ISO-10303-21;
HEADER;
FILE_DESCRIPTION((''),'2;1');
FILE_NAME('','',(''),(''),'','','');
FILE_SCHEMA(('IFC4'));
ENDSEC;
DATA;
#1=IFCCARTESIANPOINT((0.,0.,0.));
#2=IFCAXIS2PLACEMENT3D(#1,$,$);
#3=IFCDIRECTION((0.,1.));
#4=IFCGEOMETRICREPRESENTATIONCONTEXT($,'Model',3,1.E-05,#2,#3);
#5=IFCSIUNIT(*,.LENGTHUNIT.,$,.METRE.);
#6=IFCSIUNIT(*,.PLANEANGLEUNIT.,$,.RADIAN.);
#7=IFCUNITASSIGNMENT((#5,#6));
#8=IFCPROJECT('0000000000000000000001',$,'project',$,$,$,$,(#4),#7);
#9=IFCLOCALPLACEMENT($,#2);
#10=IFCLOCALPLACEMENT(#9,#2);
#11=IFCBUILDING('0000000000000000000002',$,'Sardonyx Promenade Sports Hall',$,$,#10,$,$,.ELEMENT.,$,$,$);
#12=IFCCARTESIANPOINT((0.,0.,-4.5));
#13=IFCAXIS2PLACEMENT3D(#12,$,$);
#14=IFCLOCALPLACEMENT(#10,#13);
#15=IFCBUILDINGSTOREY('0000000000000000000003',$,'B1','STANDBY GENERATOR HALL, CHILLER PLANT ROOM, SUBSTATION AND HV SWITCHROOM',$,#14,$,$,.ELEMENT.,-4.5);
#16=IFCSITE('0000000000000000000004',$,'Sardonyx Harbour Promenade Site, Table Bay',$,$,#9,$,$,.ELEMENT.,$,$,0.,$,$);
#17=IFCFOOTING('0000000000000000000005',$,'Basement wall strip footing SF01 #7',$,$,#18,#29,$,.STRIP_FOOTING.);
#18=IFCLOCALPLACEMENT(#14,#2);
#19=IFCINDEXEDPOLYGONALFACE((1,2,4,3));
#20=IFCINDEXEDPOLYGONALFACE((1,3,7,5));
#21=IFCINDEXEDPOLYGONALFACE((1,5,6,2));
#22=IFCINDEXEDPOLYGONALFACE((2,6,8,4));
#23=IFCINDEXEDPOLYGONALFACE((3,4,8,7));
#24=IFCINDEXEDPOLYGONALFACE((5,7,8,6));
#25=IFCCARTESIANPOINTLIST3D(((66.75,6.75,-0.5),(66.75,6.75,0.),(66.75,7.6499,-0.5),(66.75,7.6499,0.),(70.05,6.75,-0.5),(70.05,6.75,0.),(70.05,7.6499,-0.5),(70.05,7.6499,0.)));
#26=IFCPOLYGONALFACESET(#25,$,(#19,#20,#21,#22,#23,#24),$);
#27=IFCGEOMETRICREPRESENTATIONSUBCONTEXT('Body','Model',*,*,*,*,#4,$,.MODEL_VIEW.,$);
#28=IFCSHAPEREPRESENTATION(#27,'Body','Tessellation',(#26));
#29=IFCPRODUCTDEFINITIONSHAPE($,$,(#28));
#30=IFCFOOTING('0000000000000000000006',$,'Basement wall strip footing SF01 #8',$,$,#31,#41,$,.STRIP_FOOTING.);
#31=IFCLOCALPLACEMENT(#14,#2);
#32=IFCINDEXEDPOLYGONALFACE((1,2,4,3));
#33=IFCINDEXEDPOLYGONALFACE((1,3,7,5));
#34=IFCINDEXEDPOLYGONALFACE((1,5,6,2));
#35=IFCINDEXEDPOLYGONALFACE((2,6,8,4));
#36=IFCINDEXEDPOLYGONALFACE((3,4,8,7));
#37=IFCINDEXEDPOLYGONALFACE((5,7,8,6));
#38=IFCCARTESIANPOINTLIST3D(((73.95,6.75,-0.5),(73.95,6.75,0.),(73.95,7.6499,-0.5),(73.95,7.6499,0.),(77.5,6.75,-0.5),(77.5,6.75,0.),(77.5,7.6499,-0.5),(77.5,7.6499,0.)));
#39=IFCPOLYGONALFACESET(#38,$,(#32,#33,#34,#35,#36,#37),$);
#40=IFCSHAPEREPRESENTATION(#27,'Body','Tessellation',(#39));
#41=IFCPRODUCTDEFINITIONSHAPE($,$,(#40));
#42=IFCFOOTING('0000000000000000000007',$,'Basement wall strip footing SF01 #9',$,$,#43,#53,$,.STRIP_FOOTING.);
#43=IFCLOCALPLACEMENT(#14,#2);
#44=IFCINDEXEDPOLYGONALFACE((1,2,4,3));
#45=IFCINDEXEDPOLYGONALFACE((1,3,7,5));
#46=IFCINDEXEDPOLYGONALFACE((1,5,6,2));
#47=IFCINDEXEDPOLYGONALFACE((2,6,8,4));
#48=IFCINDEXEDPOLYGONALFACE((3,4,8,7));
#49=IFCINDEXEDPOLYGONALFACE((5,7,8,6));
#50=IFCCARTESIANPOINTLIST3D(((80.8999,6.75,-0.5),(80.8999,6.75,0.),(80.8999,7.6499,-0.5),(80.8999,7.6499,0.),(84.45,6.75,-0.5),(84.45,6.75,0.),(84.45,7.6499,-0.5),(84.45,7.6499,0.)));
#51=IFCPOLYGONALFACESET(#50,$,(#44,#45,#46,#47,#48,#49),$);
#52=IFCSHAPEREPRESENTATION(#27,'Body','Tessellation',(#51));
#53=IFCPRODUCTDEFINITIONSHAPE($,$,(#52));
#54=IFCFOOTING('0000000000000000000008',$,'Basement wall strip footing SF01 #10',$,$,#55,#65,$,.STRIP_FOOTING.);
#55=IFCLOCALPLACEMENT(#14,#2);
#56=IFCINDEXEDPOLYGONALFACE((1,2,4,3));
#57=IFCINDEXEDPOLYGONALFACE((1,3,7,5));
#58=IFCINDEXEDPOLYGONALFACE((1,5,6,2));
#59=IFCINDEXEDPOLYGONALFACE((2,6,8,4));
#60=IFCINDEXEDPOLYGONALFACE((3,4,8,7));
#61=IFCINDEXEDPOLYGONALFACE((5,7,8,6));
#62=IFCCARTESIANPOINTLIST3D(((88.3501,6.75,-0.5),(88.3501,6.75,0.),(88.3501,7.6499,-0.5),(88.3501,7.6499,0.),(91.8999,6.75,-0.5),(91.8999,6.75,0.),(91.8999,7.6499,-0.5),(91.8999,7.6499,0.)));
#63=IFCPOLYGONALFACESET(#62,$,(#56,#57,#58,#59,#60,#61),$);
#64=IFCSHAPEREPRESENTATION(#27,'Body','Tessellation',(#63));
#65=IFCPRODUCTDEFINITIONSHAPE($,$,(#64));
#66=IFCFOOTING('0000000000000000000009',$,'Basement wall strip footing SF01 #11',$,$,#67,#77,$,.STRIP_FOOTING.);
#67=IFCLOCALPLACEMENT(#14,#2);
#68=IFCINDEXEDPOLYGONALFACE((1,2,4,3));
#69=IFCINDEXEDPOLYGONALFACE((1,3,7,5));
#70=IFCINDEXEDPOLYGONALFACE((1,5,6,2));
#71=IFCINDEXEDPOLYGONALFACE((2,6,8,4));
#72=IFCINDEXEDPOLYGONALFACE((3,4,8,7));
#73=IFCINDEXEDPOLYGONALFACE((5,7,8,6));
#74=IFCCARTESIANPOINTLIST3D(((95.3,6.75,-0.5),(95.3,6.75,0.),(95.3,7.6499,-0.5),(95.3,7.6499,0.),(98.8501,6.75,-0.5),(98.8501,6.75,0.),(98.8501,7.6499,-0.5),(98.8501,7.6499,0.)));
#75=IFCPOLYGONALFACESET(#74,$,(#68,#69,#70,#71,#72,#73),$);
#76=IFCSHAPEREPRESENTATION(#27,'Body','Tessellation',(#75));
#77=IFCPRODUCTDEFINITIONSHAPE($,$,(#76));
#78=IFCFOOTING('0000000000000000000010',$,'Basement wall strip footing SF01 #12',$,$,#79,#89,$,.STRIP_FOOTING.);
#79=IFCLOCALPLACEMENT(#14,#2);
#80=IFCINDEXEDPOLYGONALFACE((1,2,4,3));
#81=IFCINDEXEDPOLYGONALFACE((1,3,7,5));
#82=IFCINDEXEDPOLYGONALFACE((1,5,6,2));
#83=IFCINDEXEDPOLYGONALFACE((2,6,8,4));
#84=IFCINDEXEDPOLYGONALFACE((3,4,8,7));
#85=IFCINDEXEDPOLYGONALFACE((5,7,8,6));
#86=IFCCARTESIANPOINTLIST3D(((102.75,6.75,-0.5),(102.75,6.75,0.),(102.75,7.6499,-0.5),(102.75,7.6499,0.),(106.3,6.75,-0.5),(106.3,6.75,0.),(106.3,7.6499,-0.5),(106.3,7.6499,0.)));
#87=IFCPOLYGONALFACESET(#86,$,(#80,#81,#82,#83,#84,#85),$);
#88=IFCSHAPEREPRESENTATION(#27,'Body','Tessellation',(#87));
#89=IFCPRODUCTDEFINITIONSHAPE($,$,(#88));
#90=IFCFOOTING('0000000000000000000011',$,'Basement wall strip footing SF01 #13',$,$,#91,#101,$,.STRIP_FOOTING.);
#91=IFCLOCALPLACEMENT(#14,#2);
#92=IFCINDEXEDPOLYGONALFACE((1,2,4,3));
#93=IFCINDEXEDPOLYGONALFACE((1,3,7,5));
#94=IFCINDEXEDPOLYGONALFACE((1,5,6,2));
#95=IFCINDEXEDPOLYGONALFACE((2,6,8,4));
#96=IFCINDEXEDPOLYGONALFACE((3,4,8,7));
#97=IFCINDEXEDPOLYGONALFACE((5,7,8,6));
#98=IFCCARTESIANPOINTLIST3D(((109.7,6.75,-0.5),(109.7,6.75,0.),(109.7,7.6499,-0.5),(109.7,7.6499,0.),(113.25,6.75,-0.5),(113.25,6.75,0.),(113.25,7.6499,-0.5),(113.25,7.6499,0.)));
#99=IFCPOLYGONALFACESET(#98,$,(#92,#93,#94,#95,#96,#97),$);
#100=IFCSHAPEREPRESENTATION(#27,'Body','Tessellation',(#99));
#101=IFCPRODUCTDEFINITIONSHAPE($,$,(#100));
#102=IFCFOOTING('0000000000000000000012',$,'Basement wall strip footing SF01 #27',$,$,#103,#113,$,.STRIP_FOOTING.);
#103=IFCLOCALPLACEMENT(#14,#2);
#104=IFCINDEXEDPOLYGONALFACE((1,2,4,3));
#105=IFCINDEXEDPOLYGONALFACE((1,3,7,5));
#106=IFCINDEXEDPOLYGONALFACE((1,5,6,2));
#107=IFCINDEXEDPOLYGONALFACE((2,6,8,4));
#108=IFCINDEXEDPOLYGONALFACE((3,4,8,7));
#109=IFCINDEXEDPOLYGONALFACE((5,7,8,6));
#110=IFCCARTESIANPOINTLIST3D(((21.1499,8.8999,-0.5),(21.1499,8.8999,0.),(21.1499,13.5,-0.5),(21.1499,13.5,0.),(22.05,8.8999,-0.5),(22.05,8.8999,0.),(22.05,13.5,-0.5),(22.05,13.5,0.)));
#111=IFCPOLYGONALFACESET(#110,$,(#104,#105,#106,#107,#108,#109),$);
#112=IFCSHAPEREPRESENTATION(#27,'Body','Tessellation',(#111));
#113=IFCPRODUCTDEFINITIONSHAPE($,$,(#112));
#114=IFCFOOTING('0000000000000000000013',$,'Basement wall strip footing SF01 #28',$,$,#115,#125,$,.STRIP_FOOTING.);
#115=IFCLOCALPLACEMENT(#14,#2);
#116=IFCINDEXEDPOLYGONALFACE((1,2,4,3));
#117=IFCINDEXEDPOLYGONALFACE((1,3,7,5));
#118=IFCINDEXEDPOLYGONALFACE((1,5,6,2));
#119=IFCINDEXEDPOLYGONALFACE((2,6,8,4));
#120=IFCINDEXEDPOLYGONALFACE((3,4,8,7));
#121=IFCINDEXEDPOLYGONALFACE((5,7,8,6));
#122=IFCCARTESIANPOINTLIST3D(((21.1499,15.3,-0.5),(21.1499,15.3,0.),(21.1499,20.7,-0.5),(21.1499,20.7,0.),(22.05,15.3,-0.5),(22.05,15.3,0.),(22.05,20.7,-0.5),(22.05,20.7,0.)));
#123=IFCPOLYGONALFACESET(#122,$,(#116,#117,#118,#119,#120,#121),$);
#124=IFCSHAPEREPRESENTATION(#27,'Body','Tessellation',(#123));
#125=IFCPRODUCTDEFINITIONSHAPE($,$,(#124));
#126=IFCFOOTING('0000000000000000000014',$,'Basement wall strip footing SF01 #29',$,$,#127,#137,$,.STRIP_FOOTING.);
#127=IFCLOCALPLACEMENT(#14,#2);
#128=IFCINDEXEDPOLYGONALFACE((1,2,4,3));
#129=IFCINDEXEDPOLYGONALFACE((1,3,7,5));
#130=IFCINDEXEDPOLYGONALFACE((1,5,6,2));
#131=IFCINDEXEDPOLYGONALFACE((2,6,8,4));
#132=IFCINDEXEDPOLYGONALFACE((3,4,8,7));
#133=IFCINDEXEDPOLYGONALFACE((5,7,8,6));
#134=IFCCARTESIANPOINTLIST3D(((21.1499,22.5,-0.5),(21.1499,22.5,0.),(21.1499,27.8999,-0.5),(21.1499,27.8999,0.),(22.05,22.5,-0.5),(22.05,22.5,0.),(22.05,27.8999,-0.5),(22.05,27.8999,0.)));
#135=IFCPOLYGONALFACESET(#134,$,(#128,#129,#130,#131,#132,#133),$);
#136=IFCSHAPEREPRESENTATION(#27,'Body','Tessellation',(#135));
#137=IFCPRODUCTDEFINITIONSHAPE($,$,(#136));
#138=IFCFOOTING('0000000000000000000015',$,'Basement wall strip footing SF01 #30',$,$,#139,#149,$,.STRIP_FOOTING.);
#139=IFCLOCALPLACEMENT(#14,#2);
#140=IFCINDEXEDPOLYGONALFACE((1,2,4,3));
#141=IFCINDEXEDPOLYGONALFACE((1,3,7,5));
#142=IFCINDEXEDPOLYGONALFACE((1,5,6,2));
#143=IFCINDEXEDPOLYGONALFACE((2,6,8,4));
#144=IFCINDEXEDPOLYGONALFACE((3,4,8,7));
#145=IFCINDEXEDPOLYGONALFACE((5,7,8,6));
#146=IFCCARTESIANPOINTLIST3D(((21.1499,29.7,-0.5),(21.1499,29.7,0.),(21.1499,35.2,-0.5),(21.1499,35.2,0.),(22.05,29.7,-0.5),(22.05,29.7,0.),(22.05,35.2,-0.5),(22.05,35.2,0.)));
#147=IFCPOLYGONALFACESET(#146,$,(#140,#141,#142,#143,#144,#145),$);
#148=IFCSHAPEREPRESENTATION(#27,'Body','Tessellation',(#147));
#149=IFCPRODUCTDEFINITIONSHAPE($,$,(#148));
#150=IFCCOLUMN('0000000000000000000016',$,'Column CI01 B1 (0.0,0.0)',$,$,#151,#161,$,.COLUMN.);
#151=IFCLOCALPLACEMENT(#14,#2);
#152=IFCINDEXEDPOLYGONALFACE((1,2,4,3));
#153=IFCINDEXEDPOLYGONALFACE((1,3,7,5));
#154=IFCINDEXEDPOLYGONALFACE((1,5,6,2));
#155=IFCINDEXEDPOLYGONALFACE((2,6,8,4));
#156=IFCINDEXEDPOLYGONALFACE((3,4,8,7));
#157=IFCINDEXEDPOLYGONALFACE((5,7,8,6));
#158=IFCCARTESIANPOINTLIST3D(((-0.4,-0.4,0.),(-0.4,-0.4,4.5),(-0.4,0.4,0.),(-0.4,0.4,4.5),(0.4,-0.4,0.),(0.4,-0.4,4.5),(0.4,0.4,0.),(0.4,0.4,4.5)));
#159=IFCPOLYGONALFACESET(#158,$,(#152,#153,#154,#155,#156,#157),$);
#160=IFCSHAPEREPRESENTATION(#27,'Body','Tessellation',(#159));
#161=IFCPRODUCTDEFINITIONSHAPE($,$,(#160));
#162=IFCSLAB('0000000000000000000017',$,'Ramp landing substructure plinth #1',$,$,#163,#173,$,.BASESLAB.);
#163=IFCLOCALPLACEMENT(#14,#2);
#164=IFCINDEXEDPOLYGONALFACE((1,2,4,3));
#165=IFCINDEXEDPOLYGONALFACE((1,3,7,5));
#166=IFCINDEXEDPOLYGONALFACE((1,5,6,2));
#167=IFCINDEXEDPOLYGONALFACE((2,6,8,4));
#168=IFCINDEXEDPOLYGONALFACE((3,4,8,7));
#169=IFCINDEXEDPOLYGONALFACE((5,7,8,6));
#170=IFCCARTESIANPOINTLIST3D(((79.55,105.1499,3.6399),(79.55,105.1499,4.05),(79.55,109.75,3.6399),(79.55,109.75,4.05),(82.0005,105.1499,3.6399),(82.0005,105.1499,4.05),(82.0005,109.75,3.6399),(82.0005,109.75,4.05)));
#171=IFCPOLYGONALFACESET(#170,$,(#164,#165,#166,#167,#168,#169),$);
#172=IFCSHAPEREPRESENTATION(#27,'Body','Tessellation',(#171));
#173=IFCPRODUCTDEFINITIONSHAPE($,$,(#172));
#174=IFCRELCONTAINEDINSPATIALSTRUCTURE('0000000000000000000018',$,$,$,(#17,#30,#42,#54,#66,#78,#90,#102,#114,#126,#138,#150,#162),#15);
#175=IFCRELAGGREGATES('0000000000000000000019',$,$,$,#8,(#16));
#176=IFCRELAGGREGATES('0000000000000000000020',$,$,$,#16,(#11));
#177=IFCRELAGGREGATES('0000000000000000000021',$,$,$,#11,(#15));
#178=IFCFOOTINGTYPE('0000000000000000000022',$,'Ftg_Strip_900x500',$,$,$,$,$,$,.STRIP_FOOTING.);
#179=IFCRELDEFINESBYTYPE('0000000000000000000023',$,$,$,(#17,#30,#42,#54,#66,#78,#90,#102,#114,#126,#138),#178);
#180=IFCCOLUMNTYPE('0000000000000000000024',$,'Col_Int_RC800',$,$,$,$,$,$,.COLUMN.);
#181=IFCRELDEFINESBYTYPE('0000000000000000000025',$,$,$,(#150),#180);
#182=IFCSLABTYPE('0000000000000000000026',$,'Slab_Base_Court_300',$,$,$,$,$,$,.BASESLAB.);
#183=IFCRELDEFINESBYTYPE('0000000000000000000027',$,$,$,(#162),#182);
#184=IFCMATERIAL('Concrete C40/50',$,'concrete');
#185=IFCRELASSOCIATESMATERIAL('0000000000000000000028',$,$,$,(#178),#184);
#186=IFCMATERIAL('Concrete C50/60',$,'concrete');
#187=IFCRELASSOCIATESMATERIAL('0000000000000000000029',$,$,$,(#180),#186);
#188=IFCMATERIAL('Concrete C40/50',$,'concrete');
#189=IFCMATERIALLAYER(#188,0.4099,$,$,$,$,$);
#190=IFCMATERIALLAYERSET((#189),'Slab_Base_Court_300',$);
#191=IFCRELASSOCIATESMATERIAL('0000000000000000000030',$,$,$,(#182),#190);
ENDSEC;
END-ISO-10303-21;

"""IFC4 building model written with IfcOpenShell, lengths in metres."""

from ifc_helpers import new_model, si_unit, direction, frame, origin, origin_with_axes, origin_2d, place, context, subcontext, project, spatial, polyline, rectangle, outline, extrude, material, layer, layer_set, material_profile, profile_set, type_object, element, save


model = new_model("IFC4")

# Units and contexts
model_context = context("Model", 3, precision=1e-05, world=origin(), true_north=direction((0.0, 1.0)))
body_context = subcontext(model_context, "Body", "Model", "MODEL_VIEW")
ifc_project = project(units=[si_unit("LENGTHUNIT", "METRE"), si_unit("PLANEANGLEUNIT", "RADIAN")], contexts=[model_context])

# Site, building, storey
site_placement = place(None, origin())
site = spatial("IfcSite", under=ifc_project, at=site_placement, Name="Sardonyx Harbour Promenade Site, Table Bay", CompositionType="ELEMENT", RefElevation=0.0)
building_placement = place(site_placement, origin())
building = spatial("IfcBuilding", under=site, at=building_placement, Name="Sardonyx Promenade Sports Hall", CompositionType="ELEMENT")
storey_placement = place(building_placement, frame((0.0, 0.0, -4.5)))
storey = spatial("IfcBuildingStorey", under=building, at=storey_placement, Name="B1", Description="STANDBY GENERATOR HALL, CHILLER PLANT ROOM, SUBSTATION AND HV SWITCHROOM", CompositionType="ELEMENT", Elevation=-4.5)

# Footings
ifc_material_1 = material(Name="Concrete C40/50", Category="concrete")
footing_type_1 = type_object("IfcFootingType", Name="Ftg_Strip_900x500", PredefinedType="STRIP_FOOTING", material=ifc_material_1)
footing_1_placement = place(storey_placement, frame((0.0, 0.0, -0.5)))
element("IfcFooting", 1, at=footing_1_placement, inside=storey, type_object=footing_type_1, Name="Basement wall strip footing SF01 #7", PredefinedType="STRIP_FOOTING", context=body_context, shape_type="SweptSolid", body=[
    extrude(outline(polyline([(66.75, 6.75), (70.05, 6.75), (70.05, 7.6499), (66.75, 7.6499), (66.75, 6.75)])), origin(), (0.0, 0.0, 1.0), 0.5),
])
footing_2_placement = place(storey_placement, frame((0.0, 0.0, -0.5)))
element("IfcFooting", 2, at=footing_2_placement, inside=storey, type_object=footing_type_1, Name="Basement wall strip footing SF01 #8", PredefinedType="STRIP_FOOTING", context=body_context, shape_type="SweptSolid", body=[
    extrude(outline(polyline([(73.95, 6.75), (77.5, 6.75), (77.5, 7.6499), (73.95, 7.6499), (73.95, 6.75)])), origin(), (0.0, 0.0, 1.0), 0.5),
])
footing_3_placement = place(storey_placement, frame((0.0, 0.0, -0.5)))
element("IfcFooting", 3, at=footing_3_placement, inside=storey, type_object=footing_type_1, Name="Basement wall strip footing SF01 #9", PredefinedType="STRIP_FOOTING", context=body_context, shape_type="SweptSolid", body=[
    extrude(outline(polyline([(80.8999, 6.75), (84.45, 6.75), (84.45, 7.6499), (80.8999, 7.6499), (80.8999, 6.75)])), origin(), (0.0, 0.0, 1.0), 0.5),
])
footing_4_placement = place(storey_placement, frame((0.0, 0.0, -0.5)))
element("IfcFooting", 4, at=footing_4_placement, inside=storey, type_object=footing_type_1, Name="Basement wall strip footing SF01 #10", PredefinedType="STRIP_FOOTING", context=body_context, shape_type="SweptSolid", body=[
    extrude(outline(polyline([(88.3501, 6.75), (91.8999, 6.75), (91.8999, 7.6499), (88.3501, 7.6499), (88.3501, 6.75)])), origin(), (0.0, 0.0, 1.0), 0.5),
])
footing_5_placement = place(storey_placement, frame((0.0, 0.0, -0.5)))
element("IfcFooting", 5, at=footing_5_placement, inside=storey, type_object=footing_type_1, Name="Basement wall strip footing SF01 #11", PredefinedType="STRIP_FOOTING", context=body_context, shape_type="SweptSolid", body=[
    extrude(outline(polyline([(95.3, 6.75), (98.8501, 6.75), (98.8501, 7.6499), (95.3, 7.6499), (95.3, 6.75)])), origin(), (0.0, 0.0, 1.0), 0.5),
])
footing_6_placement = place(storey_placement, frame((0.0, 0.0, -0.5)))
element("IfcFooting", 6, at=footing_6_placement, inside=storey, type_object=footing_type_1, Name="Basement wall strip footing SF01 #12", PredefinedType="STRIP_FOOTING", context=body_context, shape_type="SweptSolid", body=[
    extrude(outline(polyline([(102.75, 6.75), (106.3, 6.75), (106.3, 7.6499), (102.75, 7.6499), (102.75, 6.75)])), origin(), (0.0, 0.0, 1.0), 0.5),
])
footing_7_placement = place(storey_placement, frame((0.0, 0.0, -0.5)))
element("IfcFooting", 7, at=footing_7_placement, inside=storey, type_object=footing_type_1, Name="Basement wall strip footing SF01 #13", PredefinedType="STRIP_FOOTING", context=body_context, shape_type="SweptSolid", body=[
    extrude(outline(polyline([(109.7, 6.75), (113.25, 6.75), (113.25, 7.6499), (109.7, 7.6499), (109.7, 6.75)])), origin(), (0.0, 0.0, 1.0), 0.5),
])
footing_8_placement = place(storey_placement, frame((0.0, 0.0, -0.5)))
element("IfcFooting", 8, at=footing_8_placement, inside=storey, type_object=footing_type_1, Name="Basement wall strip footing SF01 #27", PredefinedType="STRIP_FOOTING", context=body_context, shape_type="SweptSolid", body=[
    extrude(outline(polyline([(21.1499, 8.8999), (22.05, 8.8999), (22.05, 13.5), (21.1499, 13.5), (21.1499, 8.8999)])), origin(), (0.0, 0.0, 1.0), 0.5),
])
footing_9_placement = place(storey_placement, frame((0.0, 0.0, -0.5)))
element("IfcFooting", 9, at=footing_9_placement, inside=storey, type_object=footing_type_1, Name="Basement wall strip footing SF01 #28", PredefinedType="STRIP_FOOTING", context=body_context, shape_type="SweptSolid", body=[
    extrude(outline(polyline([(21.1499, 15.3), (22.05, 15.3), (22.05, 20.7), (21.1499, 20.7), (21.1499, 15.3)])), origin(), (0.0, 0.0, 1.0), 0.5),
])
footing_10_placement = place(storey_placement, frame((0.0, 0.0, -0.5)))
element("IfcFooting", 10, at=footing_10_placement, inside=storey, type_object=footing_type_1, Name="Basement wall strip footing SF01 #29", PredefinedType="STRIP_FOOTING", context=body_context, shape_type="SweptSolid", body=[
    extrude(outline(polyline([(21.1499, 22.5), (22.05, 22.5), (22.05, 27.8999), (21.1499, 27.8999), (21.1499, 22.5)])), origin(), (0.0, 0.0, 1.0), 0.5),
])
footing_11_placement = place(storey_placement, frame((0.0, 0.0, -0.5)))
element("IfcFooting", 11, at=footing_11_placement, inside=storey, type_object=footing_type_1, Name="Basement wall strip footing SF01 #30", PredefinedType="STRIP_FOOTING", context=body_context, shape_type="SweptSolid", body=[
    extrude(outline(polyline([(21.1499, 29.7), (22.05, 29.7), (22.05, 35.2), (21.1499, 35.2), (21.1499, 29.7)])), origin(), (0.0, 0.0, 1.0), 0.5),
])

# Column
ifc_material_2 = material(Name="Concrete C50/60", Category="concrete")
ifc_material_profile = material_profile(ifc_material_2, rectangle(XDim=0.8, YDim=0.8, at=origin_2d()))
ifc_profile_set = profile_set([ifc_material_profile], Name="Concrete C50/60")
column_type = type_object("IfcColumnType", Name="Col_Int_RC800", PredefinedType="COLUMN", material=ifc_profile_set)
column_placement = place(storey_placement, origin_with_axes())
element("IfcColumn", 12, at=column_placement, inside=storey, type_object=column_type, Name="Column CI01 B1 (0.0,0.0)", PredefinedType="COLUMN", context=body_context, shape_type="SweptSolid", body=[
    extrude(rectangle(XDim=0.8, YDim=0.8, at=origin_2d()), origin(), (0.0, 0.0, 1.0), 4.5),
])

# Slab
ifc_material_3 = material(Name="Concrete C40/50", Category="concrete")
ifc_layer = layer(ifc_material_3, 0.4099)
ifc_layer_set = layer_set([ifc_layer], Name="Slab_Base_Court_300")
slab_type = type_object("IfcSlabType", Name="Slab_Base_Court_300", PredefinedType="BASESLAB", material=ifc_layer_set)
slab_placement = place(storey_placement, frame((0.0, 0.0, 3.6399)))
element("IfcSlab", 13, at=slab_placement, inside=storey, type_object=slab_type, Name="Ramp landing substructure plinth #1", PredefinedType="BASESLAB", context=body_context, shape_type="SweptSolid", body=[
    extrude(outline(polyline([(79.55, 105.1499), (82.0005, 105.1499), (82.0005, 109.75), (79.55, 109.75), (79.55, 105.1499)])), origin(), (0.0, 0.0, 1.0), 0.4102),
])

save(model, "model.ifc")
